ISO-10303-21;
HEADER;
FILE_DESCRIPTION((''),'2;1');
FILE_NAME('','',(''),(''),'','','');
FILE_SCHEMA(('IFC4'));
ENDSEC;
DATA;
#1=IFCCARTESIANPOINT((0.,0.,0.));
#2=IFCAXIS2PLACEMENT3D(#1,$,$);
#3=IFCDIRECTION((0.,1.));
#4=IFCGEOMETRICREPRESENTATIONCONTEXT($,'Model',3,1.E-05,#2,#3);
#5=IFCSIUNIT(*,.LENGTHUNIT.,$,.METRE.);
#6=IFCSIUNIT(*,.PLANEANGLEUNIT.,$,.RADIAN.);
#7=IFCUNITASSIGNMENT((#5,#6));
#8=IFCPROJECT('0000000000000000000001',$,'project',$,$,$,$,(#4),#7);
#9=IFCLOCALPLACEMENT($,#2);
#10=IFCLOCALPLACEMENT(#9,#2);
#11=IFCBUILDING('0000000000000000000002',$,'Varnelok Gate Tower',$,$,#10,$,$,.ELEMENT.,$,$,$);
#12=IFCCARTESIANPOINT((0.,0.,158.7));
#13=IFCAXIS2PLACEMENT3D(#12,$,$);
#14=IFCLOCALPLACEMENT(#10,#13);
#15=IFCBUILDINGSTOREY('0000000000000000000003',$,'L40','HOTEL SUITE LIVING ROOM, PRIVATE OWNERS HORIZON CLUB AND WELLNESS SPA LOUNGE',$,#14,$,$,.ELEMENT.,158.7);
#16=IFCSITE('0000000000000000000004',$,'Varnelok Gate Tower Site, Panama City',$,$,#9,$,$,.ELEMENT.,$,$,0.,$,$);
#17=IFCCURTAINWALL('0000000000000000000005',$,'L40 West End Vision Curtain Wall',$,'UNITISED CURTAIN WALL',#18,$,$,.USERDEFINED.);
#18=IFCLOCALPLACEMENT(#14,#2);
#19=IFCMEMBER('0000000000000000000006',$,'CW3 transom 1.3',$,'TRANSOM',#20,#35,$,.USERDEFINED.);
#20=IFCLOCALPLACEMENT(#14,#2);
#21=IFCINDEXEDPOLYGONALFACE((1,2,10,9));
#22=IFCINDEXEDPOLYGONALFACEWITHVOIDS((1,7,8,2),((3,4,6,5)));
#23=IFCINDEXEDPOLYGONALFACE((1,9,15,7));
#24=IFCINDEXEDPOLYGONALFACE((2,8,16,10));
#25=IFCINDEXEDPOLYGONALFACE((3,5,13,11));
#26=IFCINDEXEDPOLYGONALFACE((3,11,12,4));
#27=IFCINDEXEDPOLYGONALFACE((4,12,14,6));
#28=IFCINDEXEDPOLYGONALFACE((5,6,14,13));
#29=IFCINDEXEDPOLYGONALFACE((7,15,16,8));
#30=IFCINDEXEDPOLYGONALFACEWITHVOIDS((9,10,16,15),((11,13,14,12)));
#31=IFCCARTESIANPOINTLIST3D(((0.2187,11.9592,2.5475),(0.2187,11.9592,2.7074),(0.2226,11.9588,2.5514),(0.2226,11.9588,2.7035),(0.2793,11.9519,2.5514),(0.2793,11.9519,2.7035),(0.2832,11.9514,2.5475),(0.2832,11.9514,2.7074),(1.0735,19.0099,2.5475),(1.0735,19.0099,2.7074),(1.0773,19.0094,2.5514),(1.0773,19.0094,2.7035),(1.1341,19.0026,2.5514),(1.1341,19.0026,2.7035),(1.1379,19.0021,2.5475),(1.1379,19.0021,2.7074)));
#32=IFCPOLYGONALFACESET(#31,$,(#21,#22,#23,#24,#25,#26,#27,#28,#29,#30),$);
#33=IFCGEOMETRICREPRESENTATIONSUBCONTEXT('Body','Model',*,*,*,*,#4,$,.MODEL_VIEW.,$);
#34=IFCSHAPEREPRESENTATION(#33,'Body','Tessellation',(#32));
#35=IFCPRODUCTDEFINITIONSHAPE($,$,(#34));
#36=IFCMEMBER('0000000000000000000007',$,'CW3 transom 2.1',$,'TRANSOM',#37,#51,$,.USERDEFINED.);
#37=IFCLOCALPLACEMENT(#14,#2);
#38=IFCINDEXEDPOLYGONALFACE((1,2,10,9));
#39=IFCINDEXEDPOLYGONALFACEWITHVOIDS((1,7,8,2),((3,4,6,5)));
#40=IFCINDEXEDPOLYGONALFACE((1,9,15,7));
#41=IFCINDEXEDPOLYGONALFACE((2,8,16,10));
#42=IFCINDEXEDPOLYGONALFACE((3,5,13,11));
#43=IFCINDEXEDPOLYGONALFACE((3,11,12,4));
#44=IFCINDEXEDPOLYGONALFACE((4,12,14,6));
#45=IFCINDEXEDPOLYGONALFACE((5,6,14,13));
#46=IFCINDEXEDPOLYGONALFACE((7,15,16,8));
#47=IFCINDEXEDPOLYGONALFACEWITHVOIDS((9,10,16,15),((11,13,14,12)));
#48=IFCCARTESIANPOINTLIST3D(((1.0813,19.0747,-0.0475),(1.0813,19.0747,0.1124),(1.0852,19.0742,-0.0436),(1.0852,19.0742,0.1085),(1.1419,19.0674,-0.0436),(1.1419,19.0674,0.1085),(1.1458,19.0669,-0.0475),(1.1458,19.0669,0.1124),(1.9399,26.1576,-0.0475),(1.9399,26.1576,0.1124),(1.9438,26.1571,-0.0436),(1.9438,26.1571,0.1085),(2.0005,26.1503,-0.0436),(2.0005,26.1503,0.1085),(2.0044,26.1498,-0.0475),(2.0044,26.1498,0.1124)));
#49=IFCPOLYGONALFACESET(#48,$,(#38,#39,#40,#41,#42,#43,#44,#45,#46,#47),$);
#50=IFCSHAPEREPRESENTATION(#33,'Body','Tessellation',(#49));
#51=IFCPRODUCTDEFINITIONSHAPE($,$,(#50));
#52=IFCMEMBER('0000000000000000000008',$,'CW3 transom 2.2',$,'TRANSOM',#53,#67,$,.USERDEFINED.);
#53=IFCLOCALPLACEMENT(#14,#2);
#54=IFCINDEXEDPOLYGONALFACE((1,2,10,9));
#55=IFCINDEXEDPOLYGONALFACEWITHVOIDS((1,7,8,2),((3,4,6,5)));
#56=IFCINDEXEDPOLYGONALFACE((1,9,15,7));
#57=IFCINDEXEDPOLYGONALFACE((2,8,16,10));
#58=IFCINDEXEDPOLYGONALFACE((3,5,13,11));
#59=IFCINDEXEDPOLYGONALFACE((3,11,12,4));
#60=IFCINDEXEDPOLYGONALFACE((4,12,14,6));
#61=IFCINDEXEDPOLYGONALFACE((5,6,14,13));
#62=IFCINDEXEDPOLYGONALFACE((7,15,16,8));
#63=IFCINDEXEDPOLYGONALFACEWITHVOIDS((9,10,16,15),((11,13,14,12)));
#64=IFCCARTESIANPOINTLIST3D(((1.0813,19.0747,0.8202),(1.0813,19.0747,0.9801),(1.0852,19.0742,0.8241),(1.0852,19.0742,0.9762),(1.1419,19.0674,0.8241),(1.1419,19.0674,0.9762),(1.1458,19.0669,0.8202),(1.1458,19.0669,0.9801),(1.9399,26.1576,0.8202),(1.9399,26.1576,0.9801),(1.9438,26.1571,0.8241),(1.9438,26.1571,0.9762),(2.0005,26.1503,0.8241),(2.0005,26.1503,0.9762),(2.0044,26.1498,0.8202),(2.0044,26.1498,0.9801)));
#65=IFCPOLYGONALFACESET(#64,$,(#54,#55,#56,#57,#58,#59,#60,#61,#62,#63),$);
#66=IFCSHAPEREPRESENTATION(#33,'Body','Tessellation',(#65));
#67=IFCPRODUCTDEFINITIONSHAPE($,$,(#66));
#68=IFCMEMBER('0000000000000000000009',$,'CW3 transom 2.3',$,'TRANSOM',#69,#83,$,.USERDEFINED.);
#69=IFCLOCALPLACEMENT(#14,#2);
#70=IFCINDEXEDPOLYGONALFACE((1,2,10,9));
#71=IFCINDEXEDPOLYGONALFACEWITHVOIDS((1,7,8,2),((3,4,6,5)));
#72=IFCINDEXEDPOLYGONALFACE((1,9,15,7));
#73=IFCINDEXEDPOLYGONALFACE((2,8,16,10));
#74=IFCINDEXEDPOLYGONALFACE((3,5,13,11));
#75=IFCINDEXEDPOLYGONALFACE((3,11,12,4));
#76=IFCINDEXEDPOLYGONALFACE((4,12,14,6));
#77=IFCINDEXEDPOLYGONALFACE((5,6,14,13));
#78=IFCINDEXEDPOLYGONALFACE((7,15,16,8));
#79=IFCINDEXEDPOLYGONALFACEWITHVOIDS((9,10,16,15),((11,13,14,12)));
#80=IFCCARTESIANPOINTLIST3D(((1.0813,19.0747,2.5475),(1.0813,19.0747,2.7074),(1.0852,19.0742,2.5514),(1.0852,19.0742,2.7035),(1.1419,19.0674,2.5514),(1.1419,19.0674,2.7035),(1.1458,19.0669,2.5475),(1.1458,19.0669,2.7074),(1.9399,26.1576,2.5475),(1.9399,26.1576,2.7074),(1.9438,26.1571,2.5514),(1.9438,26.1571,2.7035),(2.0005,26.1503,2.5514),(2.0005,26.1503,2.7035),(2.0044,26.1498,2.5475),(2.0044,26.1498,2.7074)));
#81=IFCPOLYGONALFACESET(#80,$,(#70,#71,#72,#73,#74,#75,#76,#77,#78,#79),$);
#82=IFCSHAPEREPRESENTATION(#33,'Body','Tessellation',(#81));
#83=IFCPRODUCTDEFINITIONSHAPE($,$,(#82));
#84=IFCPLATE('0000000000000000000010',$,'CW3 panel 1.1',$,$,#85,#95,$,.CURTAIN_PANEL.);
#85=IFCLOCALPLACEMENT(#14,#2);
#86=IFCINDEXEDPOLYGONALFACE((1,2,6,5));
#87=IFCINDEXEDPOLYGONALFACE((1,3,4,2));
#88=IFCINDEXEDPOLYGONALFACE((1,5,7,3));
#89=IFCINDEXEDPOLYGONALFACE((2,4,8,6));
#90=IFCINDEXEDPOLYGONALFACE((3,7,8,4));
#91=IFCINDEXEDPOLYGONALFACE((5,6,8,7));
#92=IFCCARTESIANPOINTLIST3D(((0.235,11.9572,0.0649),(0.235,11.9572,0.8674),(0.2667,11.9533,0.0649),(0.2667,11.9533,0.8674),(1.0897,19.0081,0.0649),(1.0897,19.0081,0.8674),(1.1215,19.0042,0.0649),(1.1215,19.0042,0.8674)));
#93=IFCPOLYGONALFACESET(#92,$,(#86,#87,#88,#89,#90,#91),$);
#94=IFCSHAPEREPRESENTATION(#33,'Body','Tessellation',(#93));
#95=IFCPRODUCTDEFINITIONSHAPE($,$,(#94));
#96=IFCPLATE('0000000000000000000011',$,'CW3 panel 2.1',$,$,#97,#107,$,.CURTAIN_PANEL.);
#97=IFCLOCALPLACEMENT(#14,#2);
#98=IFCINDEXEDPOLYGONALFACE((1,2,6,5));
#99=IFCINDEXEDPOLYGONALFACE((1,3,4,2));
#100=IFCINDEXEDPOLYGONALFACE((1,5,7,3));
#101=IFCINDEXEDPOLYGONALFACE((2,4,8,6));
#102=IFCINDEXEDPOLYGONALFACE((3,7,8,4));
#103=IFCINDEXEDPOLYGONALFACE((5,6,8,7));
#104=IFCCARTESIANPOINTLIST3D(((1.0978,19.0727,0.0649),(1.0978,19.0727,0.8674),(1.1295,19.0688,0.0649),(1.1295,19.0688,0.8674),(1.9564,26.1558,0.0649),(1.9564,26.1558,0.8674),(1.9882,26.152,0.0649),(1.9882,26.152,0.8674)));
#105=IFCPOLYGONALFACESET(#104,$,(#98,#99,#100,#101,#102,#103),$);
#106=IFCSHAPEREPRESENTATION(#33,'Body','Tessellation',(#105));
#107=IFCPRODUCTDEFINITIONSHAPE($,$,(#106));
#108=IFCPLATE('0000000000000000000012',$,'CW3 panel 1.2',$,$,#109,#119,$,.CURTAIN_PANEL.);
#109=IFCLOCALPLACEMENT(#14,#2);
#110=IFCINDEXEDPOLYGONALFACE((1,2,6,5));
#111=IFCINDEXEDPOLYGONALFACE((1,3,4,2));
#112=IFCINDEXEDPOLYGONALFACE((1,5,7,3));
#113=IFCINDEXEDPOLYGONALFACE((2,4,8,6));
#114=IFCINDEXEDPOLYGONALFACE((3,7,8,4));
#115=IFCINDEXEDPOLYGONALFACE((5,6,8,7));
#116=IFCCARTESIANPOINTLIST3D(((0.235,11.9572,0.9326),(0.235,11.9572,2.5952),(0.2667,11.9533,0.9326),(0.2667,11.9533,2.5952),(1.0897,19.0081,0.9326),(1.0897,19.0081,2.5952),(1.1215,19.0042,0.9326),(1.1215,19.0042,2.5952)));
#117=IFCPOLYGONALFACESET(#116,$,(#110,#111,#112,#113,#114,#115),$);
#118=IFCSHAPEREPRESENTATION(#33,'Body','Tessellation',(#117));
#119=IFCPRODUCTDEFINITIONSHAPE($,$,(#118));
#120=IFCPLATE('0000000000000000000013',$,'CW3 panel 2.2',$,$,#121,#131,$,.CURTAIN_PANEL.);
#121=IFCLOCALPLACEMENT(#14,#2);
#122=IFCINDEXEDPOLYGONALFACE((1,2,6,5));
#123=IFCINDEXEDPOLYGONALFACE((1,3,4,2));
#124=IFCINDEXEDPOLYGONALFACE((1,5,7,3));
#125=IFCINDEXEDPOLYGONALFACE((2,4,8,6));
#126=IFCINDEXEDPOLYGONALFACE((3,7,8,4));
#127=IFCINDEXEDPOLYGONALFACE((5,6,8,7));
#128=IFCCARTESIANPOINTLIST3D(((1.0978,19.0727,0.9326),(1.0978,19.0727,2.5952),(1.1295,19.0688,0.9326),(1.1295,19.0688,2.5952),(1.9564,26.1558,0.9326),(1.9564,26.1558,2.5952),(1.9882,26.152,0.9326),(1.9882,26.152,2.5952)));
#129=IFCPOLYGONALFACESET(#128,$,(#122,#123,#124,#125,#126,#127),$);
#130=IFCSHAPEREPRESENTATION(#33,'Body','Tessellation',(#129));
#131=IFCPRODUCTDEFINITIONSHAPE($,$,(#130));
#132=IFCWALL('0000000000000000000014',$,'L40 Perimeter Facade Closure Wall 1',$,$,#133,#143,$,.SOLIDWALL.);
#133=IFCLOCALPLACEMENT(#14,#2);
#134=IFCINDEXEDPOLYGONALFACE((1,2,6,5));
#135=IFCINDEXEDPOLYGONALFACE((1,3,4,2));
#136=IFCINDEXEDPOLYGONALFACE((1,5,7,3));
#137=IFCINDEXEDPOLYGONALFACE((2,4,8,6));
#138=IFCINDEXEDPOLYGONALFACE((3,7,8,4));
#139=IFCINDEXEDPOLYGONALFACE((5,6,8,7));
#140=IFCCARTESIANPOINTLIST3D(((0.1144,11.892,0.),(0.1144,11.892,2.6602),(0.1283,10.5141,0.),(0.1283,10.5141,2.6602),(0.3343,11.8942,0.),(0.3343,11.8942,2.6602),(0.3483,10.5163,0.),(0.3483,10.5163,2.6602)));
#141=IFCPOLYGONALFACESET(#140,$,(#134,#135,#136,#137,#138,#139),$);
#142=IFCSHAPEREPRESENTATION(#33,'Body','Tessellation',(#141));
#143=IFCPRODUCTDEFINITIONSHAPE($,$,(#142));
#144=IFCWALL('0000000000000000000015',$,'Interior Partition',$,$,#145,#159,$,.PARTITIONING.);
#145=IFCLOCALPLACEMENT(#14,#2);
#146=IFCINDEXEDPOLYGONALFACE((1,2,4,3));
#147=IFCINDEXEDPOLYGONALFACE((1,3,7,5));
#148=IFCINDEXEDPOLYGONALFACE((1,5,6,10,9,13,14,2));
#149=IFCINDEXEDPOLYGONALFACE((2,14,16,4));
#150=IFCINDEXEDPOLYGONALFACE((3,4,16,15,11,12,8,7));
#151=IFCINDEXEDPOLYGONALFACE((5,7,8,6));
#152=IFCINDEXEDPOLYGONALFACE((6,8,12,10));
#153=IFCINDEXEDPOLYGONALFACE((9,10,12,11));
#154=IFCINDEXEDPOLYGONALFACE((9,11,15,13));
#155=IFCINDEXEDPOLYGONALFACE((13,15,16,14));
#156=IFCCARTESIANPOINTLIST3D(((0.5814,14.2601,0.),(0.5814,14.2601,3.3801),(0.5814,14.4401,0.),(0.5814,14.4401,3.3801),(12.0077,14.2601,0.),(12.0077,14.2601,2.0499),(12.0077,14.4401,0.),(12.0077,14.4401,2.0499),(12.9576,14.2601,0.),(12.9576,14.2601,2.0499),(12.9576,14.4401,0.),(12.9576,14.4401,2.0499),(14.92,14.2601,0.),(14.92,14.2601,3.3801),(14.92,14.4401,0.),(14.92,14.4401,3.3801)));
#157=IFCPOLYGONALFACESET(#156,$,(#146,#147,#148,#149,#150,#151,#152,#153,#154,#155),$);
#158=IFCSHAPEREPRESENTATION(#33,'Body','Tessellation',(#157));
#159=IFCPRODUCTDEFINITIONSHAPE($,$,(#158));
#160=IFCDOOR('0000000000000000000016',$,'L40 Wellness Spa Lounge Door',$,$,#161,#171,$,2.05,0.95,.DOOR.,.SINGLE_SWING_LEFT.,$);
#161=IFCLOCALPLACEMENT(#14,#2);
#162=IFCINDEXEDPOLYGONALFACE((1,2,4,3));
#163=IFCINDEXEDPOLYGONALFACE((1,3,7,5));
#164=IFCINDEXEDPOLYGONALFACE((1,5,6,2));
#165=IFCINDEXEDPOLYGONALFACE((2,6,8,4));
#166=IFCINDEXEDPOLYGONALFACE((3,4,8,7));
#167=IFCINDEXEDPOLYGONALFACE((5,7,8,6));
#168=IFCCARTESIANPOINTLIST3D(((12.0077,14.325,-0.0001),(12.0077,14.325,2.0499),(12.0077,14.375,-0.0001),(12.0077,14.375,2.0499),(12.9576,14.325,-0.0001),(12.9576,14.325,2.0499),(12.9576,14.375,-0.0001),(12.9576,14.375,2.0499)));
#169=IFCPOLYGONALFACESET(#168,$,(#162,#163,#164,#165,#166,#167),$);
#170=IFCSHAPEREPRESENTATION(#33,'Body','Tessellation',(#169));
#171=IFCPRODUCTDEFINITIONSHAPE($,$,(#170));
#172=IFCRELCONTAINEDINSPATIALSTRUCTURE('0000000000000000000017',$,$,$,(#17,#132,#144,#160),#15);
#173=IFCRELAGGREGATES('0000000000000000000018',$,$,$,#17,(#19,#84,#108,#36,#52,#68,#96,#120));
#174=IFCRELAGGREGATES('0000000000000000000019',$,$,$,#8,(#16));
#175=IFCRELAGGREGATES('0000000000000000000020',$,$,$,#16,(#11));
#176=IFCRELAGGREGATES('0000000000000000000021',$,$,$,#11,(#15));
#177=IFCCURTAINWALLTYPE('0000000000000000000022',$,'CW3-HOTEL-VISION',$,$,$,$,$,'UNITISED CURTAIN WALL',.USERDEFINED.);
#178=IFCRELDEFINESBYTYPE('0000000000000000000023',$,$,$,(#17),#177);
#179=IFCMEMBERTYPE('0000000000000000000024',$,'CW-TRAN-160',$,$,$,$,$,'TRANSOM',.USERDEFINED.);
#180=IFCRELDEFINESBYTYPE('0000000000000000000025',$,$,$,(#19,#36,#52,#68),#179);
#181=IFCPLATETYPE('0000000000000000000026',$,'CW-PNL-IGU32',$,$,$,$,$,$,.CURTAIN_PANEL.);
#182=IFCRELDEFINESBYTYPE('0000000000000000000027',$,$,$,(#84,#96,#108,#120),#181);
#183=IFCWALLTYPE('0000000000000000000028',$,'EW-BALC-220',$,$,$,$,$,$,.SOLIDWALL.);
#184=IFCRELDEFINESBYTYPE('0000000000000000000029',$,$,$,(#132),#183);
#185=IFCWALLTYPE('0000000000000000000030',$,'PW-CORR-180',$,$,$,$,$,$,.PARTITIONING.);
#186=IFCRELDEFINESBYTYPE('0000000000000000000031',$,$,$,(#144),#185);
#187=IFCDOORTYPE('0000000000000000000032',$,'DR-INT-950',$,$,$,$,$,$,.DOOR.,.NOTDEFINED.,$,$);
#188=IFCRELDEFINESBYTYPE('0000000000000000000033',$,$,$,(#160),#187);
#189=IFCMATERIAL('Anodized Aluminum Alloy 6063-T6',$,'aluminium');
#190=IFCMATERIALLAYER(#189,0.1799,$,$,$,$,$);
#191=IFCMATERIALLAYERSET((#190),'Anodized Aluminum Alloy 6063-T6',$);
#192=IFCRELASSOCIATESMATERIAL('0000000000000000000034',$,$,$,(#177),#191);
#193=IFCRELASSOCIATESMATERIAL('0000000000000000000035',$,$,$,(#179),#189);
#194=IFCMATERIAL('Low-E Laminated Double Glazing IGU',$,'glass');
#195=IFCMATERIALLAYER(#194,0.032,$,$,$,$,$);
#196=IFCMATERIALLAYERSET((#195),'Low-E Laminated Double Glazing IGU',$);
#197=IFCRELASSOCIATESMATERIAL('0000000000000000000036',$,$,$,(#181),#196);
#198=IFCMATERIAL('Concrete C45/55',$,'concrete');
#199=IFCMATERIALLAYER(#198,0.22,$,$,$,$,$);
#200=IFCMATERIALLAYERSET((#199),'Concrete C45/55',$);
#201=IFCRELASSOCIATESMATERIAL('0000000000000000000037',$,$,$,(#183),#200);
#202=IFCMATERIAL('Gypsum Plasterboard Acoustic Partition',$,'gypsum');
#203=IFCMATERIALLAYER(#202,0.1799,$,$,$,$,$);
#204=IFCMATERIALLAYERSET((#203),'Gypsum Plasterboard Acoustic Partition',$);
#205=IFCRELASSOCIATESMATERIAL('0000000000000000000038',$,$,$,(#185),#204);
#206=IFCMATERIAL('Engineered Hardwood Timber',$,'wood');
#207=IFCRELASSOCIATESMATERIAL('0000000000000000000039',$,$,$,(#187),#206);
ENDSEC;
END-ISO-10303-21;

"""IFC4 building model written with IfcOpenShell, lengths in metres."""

from ifc_helpers import new_model, si_unit, direction, frame, frame_2d, origin, origin_2d, place, context, subcontext, project, spatial, rectangle, hollow_rectangle, extrude, source, transform, mapped, material, layer, layer_set, material_profile, profile_set, type_object, element, fill, aggregate, save


model = new_model("IFC4")

# Units and contexts
model_context = context("Model", 3, precision=1e-05, world=origin(), true_north=direction((0.0, 1.0)))
body_context = subcontext(model_context, "Body", "Model", "MODEL_VIEW")
ifc_project = project(units=[si_unit("LENGTHUNIT", "METRE"), si_unit("PLANEANGLEUNIT", "RADIAN")], contexts=[model_context])

# Site, building, storey
site_placement = place(None, origin())
site = spatial("IfcSite", under=ifc_project, at=site_placement, Name="Varnelok Gate Tower Site, Panama City", CompositionType="ELEMENT", RefElevation=0.0)
building_placement = place(site_placement, origin())
building = spatial("IfcBuilding", under=site, at=building_placement, Name="Varnelok Gate Tower", CompositionType="ELEMENT")
storey_placement = place(building_placement, frame((0.0, 0.0, 158.7)))
storey = spatial("IfcBuildingStorey", under=building, at=storey_placement, Name="L40", Description="HOTEL SUITE LIVING ROOM, PRIVATE OWNERS HORIZON CLUB AND WELLNESS SPA LOUNGE", CompositionType="ELEMENT", Elevation=158.7)

# Curtain wall, members, plates
ifc_material_1 = material(Name="Anodized Aluminum Alloy 6063-T6", Category="aluminium")
ifc_layer_1 = layer(ifc_material_1, 0.1799)
ifc_layer_set_1 = layer_set([ifc_layer_1], Name="Anodized Aluminum Alloy 6063-T6")
curtain_wall_type = type_object("IfcCurtainWallType", Name="CW3-HOTEL-VISION", ElementType="UNITISED CURTAIN WALL", PredefinedType="USERDEFINED", material=ifc_layer_set_1)
curtain_wall_placement = place(storey_placement, origin())
curtain_wall = element("IfcCurtainWall", 1, at=curtain_wall_placement, inside=storey, type_object=curtain_wall_type, Name="L40 West End Vision Curtain Wall", ObjectType="UNITISED CURTAIN WALL", PredefinedType="USERDEFINED")
ifc_material_profile_1 = material_profile(ifc_material_1, hollow_rectangle(XDim=0.0649, YDim=0.1599, WallThickness=0.0039, at=origin_2d()), Name="ALU160X65X4")
ifc_profile_set_1 = profile_set([ifc_material_profile_1], Name="Anodized Aluminum Alloy 6063-T6")
member_type_1 = type_object("IfcMemberType", Name="CW-TRAN-160", ElementType="TRANSOM", PredefinedType="USERDEFINED", material=ifc_profile_set_1)
member_1_placement = place(storey_placement, frame((0.251, 11.9553, 2.6274), z_axis=(0.120345, 0.992732, 0.0), x_axis=(-0.992732, 0.120345, 0.0)))
member_1 = element("IfcMember", 2, at=member_1_placement, type_object=member_type_1, Name="CW3 transom 1.3", ObjectType="TRANSOM", PredefinedType="USERDEFINED", context=body_context, shape_type="SweptSolid", body=[
    extrude(hollow_rectangle(XDim=0.0649, YDim=0.1599, WallThickness=0.0039, at=origin_2d()), origin(), (0.0, 0.0, 1.0), 7.1023),
])
member_2_placement = place(storey_placement, frame((1.1135, 19.0708, 0.0325), z_axis=(0.120345, 0.992732, 0.0), x_axis=(-0.992732, 0.120345, 0.0)))
member_2 = element("IfcMember", 3, at=member_2_placement, type_object=member_type_1, Name="CW3 transom 2.1", ObjectType="TRANSOM", PredefinedType="USERDEFINED", context=body_context, shape_type="SweptSolid", body=[
    extrude(hollow_rectangle(XDim=0.0649, YDim=0.1599, WallThickness=0.0039, at=origin_2d()), origin(), (0.0, 0.0, 1.0), 7.1348),
])
member_3_placement = place(storey_placement, frame((1.1135, 19.0708, 0.9001), z_axis=(0.120345, 0.992732, 0.0), x_axis=(-0.992732, 0.120345, 0.0)))
member_3 = element("IfcMember", 4, at=member_3_placement, type_object=member_type_1, Name="CW3 transom 2.2", ObjectType="TRANSOM", PredefinedType="USERDEFINED", context=body_context, shape_type="SweptSolid", body=[
    extrude(hollow_rectangle(XDim=0.0649, YDim=0.1599, WallThickness=0.0039, at=origin_2d()), origin(), (0.0, 0.0, 1.0), 7.1348),
])
member_4_placement = place(storey_placement, frame((1.1135, 19.0708, 2.6274), z_axis=(0.120345, 0.992732, 0.0), x_axis=(-0.992732, 0.120345, 0.0)))
member_4 = element("IfcMember", 5, at=member_4_placement, type_object=member_type_1, Name="CW3 transom 2.3", ObjectType="TRANSOM", PredefinedType="USERDEFINED", context=body_context, shape_type="SweptSolid", body=[
    extrude(hollow_rectangle(XDim=0.0649, YDim=0.1599, WallThickness=0.0039, at=origin_2d()), origin(), (0.0, 0.0, 1.0), 7.1348),
])
ifc_material_2 = material(Name="Low-E Laminated Double Glazing IGU", Category="glass")
ifc_layer_2 = layer(ifc_material_2, 0.032)
ifc_layer_set_2 = layer_set([ifc_layer_2], Name="Low-E Laminated Double Glazing IGU")
plate_type = type_object("IfcPlateType", Name="CW-PNL-IGU32", PredefinedType="CURTAIN_PANEL", material=ifc_layer_set_2)
shared_shape_1 = source(origin(), body_context, "Body", "SweptSolid", [
    extrude(rectangle(XDim=7.1025, YDim=0.032, at=origin_2d()), origin(), (0.0, 0.0, 1.0), 0.8025),
])
plate_1_placement = place(storey_placement, frame((0.6782, 15.4807, 0.0649), z_axis=(0.0, 0.0, 1.0), x_axis=(0.120347, 0.992732, 0.0)))
plate_1 = element("IfcPlate", 6, at=plate_1_placement, type_object=plate_type, Name="CW3 panel 1.1", PredefinedType="CURTAIN_PANEL", context=body_context, shape_type="MappedRepresentation", body=[
    mapped(shared_shape_1, transform((0.0, 0.0, 0.0), scale=1.0)),
])
shared_shape_2 = source(origin(), body_context, "Body", "SweptSolid", [
    extrude(rectangle(XDim=7.135, YDim=0.032, at=origin_2d()), origin(), (0.0, 0.0, 1.0), 0.8025),
])
plate_2_placement = place(storey_placement, frame((1.543, 22.6123, 0.0649), z_axis=(0.0, 0.0, 1.0), x_axis=(0.120347, 0.992732, 0.0)))
plate_2 = element("IfcPlate", 7, at=plate_2_placement, type_object=plate_type, Name="CW3 panel 2.1", PredefinedType="CURTAIN_PANEL", context=body_context, shape_type="MappedRepresentation", body=[
    mapped(shared_shape_2, transform((0.0, 0.0, 0.0), scale=1.0)),
])
shared_shape_3 = source(origin(), body_context, "Body", "SweptSolid", [
    extrude(rectangle(XDim=7.1025, YDim=0.032, at=origin_2d()), origin(), (0.0, 0.0, 1.0), 1.6626),
])
plate_3_placement = place(storey_placement, frame((0.6782, 15.4807, 0.9326), z_axis=(0.0, 0.0, 1.0), x_axis=(0.120347, 0.992732, 0.0)))
plate_3 = element("IfcPlate", 8, at=plate_3_placement, type_object=plate_type, Name="CW3 panel 1.2", PredefinedType="CURTAIN_PANEL", context=body_context, shape_type="MappedRepresentation", body=[
    mapped(shared_shape_3, transform((0.0, 0.0, 0.0), scale=1.0)),
])
shared_shape_4 = source(origin(), body_context, "Body", "SweptSolid", [
    extrude(rectangle(XDim=7.135, YDim=0.032, at=origin_2d()), origin(), (0.0, 0.0, 1.0), 1.6626),
])
plate_4_placement = place(storey_placement, frame((1.543, 22.6123, 0.9326), z_axis=(0.0, 0.0, 1.0), x_axis=(0.120347, 0.992732, 0.0)))
plate_4 = element("IfcPlate", 9, at=plate_4_placement, type_object=plate_type, Name="CW3 panel 2.2", PredefinedType="CURTAIN_PANEL", context=body_context, shape_type="MappedRepresentation", body=[
    mapped(shared_shape_4, transform((0.0, 0.0, 0.0), scale=1.0)),
])
aggregate(curtain_wall, [member_1, plate_1, plate_3, member_2, member_3, member_4, plate_2, plate_4])

# Wall
ifc_material_3 = material(Name="Concrete C45/55", Category="concrete")
ifc_layer_3 = layer(ifc_material_3, 0.22)
ifc_layer_set_3 = layer_set([ifc_layer_3], Name="Concrete C45/55")
wall_type_1 = type_object("IfcWallType", Name="EW-BALC-220", PredefinedType="SOLIDWALL", material=ifc_layer_set_3)
wall_1_placement = place(storey_placement, frame((0.2244, 11.8931, 0.0), z_axis=(0.0, 0.0, 1.0), x_axis=(0.010099, -0.999949, 0.0)))
element("IfcWall", 10, at=wall_1_placement, inside=storey, type_object=wall_type_1, Name="L40 Perimeter Facade Closure Wall 1", PredefinedType="SOLIDWALL", context=body_context, shape_type="SweptSolid", body=[
    extrude(rectangle(XDim=1.3779, YDim=0.22, at=frame_2d((0.689, 0.0))), origin(), (0.0, 0.0, 1.0), 2.6602),
])

# Wall, opening, door
ifc_material_4 = material(Name="Gypsum Plasterboard Acoustic Partition", Category="gypsum")
ifc_layer_4 = layer(ifc_material_4, 0.1799)
ifc_layer_set_4 = layer_set([ifc_layer_4], Name="Gypsum Plasterboard Acoustic Partition")
wall_type_2 = type_object("IfcWallType", Name="PW-CORR-180", PredefinedType="PARTITIONING", material=ifc_layer_set_4)
wall_2_placement = place(storey_placement, frame((0.5813, 14.3501, 0.0), z_axis=(0.0, 0.0, 1.0), x_axis=(1.0, 0.0, 0.0)))
wall_2 = element("IfcWall", 11, at=wall_2_placement, inside=storey, type_object=wall_type_2, Name="Interior Partition", PredefinedType="PARTITIONING", context=body_context, shape_type="SweptSolid", body=[
    extrude(rectangle(XDim=14.3386, YDim=0.1799, at=frame_2d((7.1694, 0.0))), origin(), (0.0, 0.0, 1.0), 3.3801),
])
opening_1_placement = place(wall_2_placement, frame((11.4263, 0.0, 0.0)))
opening_1 = element("IfcOpeningElement", 12, at=opening_1_placement, cuts=wall_2, PredefinedType="OPENING", context=body_context, shape_type="SweptSolid", body=[
    extrude(rectangle(XDim=0.95, YDim=2.05, at=frame_2d((0.4751, 1.0249))), frame((0.0, 0.0999, 0.0), z_axis=(0.0, -1.0, 0.0), x_axis=(1.0, 0.0, 0.0)), (0.0, 0.0, 1.0), 0.2),
])
ifc_material_5 = material(Name="Engineered Hardwood Timber", Category="wood")
door_type_1 = type_object("IfcDoorType", Name="DR-INT-950", OperationType="NOTDEFINED", PredefinedType="DOOR", material=ifc_material_5)
door_1_placement = place(opening_1_placement, origin())
door_1 = element("IfcDoor", 13, at=door_1_placement, inside=storey, type_object=door_type_1, Name="L40 Wellness Spa Lounge Door", OperationType="SINGLE_SWING_LEFT", OverallHeight=2.05, OverallWidth=0.95, PredefinedType="DOOR", context=body_context, shape_type="SweptSolid", body=[
    extrude(rectangle(XDim=0.95, YDim=2.05, at=frame_2d((0.4751, 1.0249))), frame((0.0, 0.0249, 0.0), z_axis=(0.0, -1.0, 0.0), x_axis=(1.0, 0.0, 0.0)), (0.0, 0.0, 1.0), 0.05),
])
fill(opening_1, door_1)

save(model, "model.ifc")
